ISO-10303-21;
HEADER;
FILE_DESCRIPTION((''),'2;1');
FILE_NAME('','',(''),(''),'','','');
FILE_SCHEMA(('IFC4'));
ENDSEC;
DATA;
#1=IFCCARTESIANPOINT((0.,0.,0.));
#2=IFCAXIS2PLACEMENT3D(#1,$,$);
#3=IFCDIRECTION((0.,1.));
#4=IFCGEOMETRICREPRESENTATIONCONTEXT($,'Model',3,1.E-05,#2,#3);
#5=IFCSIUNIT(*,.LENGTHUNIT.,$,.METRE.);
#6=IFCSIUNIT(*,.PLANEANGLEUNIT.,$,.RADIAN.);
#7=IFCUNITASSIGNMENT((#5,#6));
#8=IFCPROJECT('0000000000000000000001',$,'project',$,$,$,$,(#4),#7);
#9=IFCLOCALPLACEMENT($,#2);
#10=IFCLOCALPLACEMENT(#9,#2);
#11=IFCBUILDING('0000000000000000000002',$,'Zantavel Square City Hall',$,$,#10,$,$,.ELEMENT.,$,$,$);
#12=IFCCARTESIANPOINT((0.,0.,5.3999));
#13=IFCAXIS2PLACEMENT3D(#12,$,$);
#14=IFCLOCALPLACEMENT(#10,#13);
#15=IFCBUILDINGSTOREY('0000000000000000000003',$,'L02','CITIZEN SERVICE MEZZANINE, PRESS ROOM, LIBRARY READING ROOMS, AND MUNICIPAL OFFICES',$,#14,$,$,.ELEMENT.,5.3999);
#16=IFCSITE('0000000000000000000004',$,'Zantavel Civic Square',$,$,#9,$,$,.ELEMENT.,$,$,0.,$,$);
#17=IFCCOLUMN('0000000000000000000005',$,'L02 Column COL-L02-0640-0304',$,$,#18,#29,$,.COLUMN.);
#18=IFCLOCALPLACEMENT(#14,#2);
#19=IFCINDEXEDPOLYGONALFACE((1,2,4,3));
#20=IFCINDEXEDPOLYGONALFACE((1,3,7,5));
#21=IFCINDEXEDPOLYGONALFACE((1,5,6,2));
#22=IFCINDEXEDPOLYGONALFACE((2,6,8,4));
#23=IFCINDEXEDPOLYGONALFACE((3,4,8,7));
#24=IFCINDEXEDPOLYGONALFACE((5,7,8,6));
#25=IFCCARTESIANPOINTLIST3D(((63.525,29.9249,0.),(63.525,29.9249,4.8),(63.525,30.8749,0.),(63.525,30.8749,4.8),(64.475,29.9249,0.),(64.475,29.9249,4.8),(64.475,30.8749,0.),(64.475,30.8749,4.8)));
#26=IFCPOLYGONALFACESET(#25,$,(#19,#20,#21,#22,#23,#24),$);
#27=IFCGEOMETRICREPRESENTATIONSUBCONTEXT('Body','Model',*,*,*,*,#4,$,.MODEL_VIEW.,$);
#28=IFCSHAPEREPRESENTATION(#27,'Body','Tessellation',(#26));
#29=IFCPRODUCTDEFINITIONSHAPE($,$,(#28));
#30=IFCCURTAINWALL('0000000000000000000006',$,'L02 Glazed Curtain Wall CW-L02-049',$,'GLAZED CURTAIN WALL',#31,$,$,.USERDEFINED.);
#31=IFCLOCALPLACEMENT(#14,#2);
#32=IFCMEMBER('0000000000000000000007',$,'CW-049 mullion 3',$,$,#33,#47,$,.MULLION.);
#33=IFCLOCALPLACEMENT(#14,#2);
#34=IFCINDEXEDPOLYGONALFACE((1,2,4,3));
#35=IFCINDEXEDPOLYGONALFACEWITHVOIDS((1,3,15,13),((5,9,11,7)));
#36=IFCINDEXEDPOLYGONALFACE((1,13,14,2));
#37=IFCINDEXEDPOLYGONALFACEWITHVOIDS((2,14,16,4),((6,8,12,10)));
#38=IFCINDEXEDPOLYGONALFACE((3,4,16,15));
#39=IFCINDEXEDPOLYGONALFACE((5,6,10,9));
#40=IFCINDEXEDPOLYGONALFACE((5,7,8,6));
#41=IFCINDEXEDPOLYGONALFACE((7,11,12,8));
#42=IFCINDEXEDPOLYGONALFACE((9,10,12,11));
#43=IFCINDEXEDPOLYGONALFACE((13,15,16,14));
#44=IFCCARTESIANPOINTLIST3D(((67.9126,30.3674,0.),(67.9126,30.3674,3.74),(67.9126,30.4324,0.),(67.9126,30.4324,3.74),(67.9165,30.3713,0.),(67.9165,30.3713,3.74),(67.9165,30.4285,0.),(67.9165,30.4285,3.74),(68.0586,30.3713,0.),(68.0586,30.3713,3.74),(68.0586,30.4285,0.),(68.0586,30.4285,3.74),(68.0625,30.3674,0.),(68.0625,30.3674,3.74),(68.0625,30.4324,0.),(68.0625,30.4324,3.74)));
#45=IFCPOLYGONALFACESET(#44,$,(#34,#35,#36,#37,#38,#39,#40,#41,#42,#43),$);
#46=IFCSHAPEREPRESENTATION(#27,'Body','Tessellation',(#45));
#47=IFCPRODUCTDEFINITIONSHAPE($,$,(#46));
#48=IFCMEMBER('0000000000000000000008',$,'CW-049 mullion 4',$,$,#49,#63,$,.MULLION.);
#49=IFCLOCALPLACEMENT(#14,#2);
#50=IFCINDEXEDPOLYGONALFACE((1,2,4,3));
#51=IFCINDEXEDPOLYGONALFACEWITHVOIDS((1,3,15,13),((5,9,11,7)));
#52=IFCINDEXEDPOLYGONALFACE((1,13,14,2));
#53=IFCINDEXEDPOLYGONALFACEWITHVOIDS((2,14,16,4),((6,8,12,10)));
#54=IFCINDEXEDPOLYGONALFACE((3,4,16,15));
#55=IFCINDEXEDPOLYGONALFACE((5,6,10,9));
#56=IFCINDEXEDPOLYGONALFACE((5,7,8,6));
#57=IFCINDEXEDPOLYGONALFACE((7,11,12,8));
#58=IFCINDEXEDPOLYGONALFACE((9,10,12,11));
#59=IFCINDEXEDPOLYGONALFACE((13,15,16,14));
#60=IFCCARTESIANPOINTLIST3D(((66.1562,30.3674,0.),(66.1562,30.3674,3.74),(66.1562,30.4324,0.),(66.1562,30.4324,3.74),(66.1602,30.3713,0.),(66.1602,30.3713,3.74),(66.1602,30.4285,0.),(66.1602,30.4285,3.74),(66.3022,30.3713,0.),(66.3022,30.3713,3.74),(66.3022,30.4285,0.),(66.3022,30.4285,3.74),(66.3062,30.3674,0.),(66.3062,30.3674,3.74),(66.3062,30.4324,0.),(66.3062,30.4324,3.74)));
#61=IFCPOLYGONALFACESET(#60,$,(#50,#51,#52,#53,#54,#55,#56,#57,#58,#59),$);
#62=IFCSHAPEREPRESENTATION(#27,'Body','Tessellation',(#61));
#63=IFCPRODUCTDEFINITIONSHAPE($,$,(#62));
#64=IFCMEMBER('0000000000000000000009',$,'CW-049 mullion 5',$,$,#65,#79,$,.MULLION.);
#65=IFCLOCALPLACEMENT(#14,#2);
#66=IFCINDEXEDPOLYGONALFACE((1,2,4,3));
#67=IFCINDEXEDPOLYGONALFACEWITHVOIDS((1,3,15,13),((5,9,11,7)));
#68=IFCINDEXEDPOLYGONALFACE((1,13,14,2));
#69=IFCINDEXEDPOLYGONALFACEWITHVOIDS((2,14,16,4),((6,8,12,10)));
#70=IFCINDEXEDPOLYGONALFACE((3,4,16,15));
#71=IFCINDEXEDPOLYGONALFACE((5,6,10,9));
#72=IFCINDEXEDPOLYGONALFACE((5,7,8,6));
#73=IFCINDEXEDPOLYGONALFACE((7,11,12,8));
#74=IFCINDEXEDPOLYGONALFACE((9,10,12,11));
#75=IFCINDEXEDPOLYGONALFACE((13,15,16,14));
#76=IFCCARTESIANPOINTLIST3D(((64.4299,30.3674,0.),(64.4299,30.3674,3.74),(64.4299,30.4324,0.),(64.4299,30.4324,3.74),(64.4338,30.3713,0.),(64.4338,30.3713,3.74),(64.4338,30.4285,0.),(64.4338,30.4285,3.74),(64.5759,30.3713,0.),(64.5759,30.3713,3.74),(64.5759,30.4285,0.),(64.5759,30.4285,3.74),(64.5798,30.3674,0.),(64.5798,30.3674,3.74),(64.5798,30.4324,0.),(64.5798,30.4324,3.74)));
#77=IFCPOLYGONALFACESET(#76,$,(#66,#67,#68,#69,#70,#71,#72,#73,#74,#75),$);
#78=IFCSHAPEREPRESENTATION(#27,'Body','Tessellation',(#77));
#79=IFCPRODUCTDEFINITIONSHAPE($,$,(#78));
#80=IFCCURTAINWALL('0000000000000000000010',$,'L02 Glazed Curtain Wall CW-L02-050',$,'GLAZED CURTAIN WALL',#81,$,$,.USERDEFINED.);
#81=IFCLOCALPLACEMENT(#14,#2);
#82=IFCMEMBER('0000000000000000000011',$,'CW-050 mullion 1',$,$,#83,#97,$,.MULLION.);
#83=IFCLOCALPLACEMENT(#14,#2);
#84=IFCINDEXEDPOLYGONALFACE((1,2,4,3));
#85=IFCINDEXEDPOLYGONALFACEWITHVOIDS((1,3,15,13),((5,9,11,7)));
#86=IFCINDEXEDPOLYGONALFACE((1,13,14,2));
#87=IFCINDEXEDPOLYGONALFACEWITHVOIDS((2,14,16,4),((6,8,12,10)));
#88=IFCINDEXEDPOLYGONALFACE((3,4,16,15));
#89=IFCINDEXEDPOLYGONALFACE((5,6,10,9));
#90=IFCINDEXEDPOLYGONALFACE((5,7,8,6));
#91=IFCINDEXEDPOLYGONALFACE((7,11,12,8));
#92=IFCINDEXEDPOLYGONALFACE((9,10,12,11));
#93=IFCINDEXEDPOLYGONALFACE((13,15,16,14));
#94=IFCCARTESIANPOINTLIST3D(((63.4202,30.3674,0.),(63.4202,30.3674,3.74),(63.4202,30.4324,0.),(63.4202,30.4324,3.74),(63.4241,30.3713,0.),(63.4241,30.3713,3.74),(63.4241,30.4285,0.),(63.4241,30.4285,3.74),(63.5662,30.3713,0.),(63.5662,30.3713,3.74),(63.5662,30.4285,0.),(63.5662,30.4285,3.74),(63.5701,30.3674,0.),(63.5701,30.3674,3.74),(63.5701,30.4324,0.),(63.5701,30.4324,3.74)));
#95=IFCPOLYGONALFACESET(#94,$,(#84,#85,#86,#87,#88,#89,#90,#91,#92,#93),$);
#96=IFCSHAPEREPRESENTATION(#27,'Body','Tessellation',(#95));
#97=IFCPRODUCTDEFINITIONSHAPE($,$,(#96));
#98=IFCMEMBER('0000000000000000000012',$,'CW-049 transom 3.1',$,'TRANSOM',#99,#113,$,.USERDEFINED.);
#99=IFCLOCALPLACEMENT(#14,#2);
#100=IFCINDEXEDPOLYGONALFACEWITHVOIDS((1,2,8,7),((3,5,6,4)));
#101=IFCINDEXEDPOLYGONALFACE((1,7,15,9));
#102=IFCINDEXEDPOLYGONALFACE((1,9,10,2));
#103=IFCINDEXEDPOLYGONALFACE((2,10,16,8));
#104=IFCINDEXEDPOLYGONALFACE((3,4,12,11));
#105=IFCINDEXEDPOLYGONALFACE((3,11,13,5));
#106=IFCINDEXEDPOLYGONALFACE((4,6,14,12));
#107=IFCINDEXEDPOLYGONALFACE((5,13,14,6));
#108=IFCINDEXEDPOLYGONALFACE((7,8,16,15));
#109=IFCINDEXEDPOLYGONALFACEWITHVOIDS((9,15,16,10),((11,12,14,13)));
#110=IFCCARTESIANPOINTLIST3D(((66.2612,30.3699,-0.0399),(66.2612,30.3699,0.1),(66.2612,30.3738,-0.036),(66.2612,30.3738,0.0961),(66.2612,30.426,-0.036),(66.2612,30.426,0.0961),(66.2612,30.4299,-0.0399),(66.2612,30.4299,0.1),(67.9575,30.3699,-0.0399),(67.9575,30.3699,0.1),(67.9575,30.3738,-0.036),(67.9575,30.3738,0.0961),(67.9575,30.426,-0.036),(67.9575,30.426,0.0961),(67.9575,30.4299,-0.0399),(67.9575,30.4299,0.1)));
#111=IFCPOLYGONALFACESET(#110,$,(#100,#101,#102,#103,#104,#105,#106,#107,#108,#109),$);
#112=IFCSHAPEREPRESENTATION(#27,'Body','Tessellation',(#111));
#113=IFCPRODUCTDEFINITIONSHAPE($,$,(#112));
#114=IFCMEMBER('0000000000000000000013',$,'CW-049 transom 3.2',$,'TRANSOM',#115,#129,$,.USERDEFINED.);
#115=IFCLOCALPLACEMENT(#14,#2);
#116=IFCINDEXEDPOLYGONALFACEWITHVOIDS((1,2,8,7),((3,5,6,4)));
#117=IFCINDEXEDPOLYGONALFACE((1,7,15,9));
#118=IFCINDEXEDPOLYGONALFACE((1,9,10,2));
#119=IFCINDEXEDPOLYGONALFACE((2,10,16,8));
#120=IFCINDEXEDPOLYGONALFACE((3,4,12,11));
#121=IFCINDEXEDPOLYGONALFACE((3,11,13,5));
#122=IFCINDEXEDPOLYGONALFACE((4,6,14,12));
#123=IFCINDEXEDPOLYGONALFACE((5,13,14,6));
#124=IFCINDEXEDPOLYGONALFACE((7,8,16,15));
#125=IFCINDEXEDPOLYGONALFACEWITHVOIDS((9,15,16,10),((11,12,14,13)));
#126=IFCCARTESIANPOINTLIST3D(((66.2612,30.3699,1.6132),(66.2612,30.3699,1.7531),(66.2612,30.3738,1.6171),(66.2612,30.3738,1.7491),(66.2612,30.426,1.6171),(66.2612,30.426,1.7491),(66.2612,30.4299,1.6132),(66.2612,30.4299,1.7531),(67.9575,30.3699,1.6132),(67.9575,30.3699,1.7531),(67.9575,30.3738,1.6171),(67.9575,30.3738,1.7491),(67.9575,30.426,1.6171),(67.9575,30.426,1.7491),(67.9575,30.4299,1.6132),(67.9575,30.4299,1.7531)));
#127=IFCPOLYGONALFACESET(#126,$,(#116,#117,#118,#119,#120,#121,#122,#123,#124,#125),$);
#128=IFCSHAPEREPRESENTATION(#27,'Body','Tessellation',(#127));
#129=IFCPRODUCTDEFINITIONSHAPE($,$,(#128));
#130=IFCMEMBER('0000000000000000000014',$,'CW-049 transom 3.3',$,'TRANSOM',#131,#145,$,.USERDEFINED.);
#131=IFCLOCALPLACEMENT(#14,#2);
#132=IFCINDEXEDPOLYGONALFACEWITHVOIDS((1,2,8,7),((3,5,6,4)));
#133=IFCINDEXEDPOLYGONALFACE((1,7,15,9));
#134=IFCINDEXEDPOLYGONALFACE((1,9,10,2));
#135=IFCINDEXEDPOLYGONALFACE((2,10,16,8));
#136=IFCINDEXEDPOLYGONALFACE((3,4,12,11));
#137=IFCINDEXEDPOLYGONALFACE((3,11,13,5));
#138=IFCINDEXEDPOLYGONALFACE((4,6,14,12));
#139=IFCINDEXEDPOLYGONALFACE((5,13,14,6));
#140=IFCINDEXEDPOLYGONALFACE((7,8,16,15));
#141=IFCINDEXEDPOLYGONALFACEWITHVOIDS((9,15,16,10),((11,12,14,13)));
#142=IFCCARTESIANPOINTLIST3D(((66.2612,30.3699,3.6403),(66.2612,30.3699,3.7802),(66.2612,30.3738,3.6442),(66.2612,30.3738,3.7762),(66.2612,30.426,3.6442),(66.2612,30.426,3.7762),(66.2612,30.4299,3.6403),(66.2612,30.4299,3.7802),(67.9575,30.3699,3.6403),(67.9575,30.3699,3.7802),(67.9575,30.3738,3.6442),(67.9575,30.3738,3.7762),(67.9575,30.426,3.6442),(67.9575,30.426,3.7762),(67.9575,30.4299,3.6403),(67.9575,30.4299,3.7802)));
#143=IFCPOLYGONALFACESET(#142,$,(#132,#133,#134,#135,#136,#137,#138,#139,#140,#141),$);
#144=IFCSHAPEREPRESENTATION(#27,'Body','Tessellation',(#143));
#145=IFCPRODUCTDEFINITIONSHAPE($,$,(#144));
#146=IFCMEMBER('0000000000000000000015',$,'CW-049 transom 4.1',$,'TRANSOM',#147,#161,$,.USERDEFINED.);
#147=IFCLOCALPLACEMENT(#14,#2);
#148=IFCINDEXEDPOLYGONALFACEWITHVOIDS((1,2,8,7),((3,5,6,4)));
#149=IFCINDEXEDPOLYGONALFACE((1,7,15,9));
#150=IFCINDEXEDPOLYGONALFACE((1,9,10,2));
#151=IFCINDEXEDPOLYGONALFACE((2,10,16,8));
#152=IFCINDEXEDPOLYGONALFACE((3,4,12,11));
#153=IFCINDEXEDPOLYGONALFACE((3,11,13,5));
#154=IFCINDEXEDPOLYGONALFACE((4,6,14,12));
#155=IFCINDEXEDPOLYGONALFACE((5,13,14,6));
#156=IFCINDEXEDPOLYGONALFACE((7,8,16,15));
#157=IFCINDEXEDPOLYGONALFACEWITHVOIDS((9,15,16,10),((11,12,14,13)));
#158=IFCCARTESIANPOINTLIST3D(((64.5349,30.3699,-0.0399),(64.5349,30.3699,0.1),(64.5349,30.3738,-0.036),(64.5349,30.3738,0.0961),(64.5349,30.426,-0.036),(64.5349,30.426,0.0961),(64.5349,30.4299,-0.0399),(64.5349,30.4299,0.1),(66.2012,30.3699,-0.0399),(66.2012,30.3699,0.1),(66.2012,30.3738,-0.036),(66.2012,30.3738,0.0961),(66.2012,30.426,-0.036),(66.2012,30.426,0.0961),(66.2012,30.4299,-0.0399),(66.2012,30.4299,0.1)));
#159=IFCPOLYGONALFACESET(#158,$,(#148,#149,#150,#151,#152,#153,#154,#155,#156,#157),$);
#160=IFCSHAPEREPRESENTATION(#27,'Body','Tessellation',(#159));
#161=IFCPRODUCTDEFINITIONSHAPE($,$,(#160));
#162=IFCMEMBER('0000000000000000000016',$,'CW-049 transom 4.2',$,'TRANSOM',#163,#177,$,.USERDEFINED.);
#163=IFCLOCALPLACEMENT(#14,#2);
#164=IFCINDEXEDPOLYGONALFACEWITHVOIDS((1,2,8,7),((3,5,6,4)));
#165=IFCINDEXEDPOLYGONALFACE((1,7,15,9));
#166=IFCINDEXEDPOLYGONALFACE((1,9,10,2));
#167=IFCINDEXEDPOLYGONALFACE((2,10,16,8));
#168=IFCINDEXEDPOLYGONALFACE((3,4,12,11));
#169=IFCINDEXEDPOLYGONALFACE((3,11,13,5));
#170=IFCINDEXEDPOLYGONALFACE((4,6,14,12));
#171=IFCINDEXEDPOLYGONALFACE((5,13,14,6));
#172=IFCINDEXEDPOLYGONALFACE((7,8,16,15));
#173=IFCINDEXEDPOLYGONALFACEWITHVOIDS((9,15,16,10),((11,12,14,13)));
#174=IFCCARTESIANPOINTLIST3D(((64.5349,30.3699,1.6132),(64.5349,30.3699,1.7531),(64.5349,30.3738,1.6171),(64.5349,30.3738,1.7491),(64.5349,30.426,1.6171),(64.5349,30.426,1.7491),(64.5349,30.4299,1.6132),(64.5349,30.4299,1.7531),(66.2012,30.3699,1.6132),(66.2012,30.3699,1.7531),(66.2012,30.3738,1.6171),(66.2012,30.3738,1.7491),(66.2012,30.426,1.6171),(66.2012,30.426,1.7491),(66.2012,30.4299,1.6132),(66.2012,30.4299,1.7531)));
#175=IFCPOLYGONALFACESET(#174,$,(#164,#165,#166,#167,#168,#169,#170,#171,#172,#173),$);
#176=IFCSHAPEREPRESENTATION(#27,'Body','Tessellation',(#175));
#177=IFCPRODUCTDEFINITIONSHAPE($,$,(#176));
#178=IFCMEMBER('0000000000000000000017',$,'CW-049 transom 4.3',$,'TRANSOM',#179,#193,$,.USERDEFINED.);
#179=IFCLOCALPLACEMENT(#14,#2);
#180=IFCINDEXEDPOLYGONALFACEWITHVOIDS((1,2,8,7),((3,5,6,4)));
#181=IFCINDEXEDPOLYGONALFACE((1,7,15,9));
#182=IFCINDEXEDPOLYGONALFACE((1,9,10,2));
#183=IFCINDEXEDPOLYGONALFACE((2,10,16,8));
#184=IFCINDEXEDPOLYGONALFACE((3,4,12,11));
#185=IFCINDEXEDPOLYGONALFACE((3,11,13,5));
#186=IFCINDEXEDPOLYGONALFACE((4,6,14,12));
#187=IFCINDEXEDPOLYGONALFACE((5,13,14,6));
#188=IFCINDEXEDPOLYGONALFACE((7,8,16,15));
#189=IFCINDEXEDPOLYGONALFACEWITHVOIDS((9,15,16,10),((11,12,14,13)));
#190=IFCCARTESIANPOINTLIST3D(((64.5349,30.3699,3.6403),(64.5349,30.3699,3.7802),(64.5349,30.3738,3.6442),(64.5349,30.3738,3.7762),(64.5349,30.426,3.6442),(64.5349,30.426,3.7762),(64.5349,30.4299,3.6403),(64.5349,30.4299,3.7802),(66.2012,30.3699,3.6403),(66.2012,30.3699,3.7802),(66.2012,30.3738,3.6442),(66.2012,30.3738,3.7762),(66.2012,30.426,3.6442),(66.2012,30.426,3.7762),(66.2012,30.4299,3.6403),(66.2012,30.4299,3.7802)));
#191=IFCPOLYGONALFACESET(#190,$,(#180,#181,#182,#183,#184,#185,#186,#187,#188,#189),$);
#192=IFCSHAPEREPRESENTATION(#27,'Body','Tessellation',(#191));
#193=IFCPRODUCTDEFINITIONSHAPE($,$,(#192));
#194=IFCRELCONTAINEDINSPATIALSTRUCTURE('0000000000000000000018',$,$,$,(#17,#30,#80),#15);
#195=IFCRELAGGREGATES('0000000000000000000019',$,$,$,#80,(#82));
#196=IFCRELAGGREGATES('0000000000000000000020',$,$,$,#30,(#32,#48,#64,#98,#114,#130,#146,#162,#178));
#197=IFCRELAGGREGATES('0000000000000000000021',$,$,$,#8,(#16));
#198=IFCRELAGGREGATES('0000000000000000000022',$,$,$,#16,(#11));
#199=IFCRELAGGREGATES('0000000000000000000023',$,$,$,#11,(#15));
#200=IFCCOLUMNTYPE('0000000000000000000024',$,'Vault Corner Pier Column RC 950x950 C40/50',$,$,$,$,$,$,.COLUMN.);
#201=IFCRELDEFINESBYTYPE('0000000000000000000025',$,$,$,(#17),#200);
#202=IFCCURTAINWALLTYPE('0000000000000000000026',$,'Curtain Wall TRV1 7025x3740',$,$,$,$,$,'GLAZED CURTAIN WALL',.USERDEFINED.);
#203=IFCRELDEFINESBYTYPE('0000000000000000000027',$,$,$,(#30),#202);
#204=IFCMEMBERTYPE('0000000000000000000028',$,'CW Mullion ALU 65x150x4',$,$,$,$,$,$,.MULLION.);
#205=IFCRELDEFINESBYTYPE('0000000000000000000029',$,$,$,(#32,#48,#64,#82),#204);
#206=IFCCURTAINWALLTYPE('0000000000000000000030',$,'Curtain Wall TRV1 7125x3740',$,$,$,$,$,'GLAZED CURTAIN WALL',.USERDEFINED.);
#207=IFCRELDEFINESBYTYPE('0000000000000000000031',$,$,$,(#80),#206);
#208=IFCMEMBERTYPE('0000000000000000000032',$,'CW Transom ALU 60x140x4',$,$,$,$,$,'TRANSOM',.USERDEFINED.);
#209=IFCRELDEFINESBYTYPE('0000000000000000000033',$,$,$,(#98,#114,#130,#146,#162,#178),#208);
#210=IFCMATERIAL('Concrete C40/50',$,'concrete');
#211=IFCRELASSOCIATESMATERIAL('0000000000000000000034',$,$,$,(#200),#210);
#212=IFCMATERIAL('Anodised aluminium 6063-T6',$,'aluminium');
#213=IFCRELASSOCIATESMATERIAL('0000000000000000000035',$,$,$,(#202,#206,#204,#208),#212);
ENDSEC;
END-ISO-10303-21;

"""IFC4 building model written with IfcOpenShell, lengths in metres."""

from ifc_helpers import new_model, si_unit, direction, frame, origin, origin_2d, place, context, subcontext, project, spatial, rectangle, hollow_rectangle, extrude, material, material_profile, profile_set, type_object, element, aggregate, save


model = new_model("IFC4")

# Units and contexts
model_context = context("Model", 3, precision=1e-05, world=origin(), true_north=direction((0.0, 1.0)))
body_context = subcontext(model_context, "Body", "Model", "MODEL_VIEW")
ifc_project = project(units=[si_unit("LENGTHUNIT", "METRE"), si_unit("PLANEANGLEUNIT", "RADIAN")], contexts=[model_context])

# Site, building, storey
site_placement = place(None, origin())
site = spatial("IfcSite", under=ifc_project, at=site_placement, Name="Zantavel Civic Square", CompositionType="ELEMENT", RefElevation=0.0)
building_placement = place(site_placement, origin())
building = spatial("IfcBuilding", under=site, at=building_placement, Name="Zantavel Square City Hall", CompositionType="ELEMENT")
storey_placement = place(building_placement, frame((0.0, 0.0, 5.3999)))
storey = spatial("IfcBuildingStorey", under=building, at=storey_placement, Name="L02", Description="CITIZEN SERVICE MEZZANINE, PRESS ROOM, LIBRARY READING ROOMS, AND MUNICIPAL OFFICES", CompositionType="ELEMENT", Elevation=5.3999)

# Column
ifc_material_1 = material(Name="Concrete C40/50", Category="concrete")
ifc_material_profile_1 = material_profile(ifc_material_1, rectangle(XDim=0.95, YDim=0.95, at=origin_2d()), Name="RC 950x950")
ifc_profile_set_1 = profile_set([ifc_material_profile_1], Name="Concrete C40/50")
column_type = type_object("IfcColumnType", Name="Vault Corner Pier Column RC 950x950 C40/50", PredefinedType="COLUMN", material=ifc_profile_set_1)
column_placement = place(storey_placement, frame((64.0, 30.3999, 0.0), z_axis=(0.0, 0.0, 1.0), x_axis=(1.0, 0.0, 0.0)))
element("IfcColumn", 1, at=column_placement, inside=storey, type_object=column_type, Name="L02 Column COL-L02-0640-0304", PredefinedType="COLUMN", context=body_context, shape_type="SweptSolid", body=[
    extrude(rectangle(XDim=0.95, YDim=0.95, at=origin_2d()), origin(), (0.0, 0.0, 1.0), 4.8),
])

# Curtain wall, members
ifc_material_2 = material(Name="Anodised aluminium 6063-T6", Category="aluminium")
curtain_wall_type_1 = type_object("IfcCurtainWallType", Name="Curtain Wall TRV1 7025x3740", ElementType="GLAZED CURTAIN WALL", PredefinedType="USERDEFINED", material=ifc_material_2)
curtain_wall_1_placement = place(storey_placement, origin())
curtain_wall_1 = element("IfcCurtainWall", 2, at=curtain_wall_1_placement, inside=storey, type_object=curtain_wall_type_1, Name="L02 Glazed Curtain Wall CW-L02-049", ObjectType="GLAZED CURTAIN WALL", PredefinedType="USERDEFINED")
ifc_material_profile_2 = material_profile(ifc_material_2, hollow_rectangle(XDim=0.0649, YDim=0.1499, WallThickness=0.0039, at=origin_2d()), Name="ALU 65x150x4")
ifc_profile_set_2 = profile_set([ifc_material_profile_2], Name="Anodised aluminium 6063-T6")
member_type_1 = type_object("IfcMemberType", Name="CW Mullion ALU 65x150x4", PredefinedType="MULLION", material=ifc_profile_set_2)
member_1_placement = place(storey_placement, frame((67.9875, 30.3999, 0.0), z_axis=(0.0, 0.0, 1.0), x_axis=(0.0, -1.0, 0.0)))
member_1 = element("IfcMember", 3, at=member_1_placement, type_object=member_type_1, Name="CW-049 mullion 3", PredefinedType="MULLION", context=body_context, shape_type="SweptSolid", body=[
    extrude(hollow_rectangle(XDim=0.0649, YDim=0.1499, WallThickness=0.0039, at=origin_2d()), origin(), (0.0, 0.0, 1.0), 3.74),
])
member_2_placement = place(storey_placement, frame((66.2312, 30.3999, 0.0), z_axis=(0.0, 0.0, 1.0), x_axis=(0.0, -1.0, 0.0)))
member_2 = element("IfcMember", 4, at=member_2_placement, type_object=member_type_1, Name="CW-049 mullion 4", PredefinedType="MULLION", context=body_context, shape_type="SweptSolid", body=[
    extrude(hollow_rectangle(XDim=0.0649, YDim=0.1499, WallThickness=0.0039, at=origin_2d()), origin(), (0.0, 0.0, 1.0), 3.74),
])
member_3_placement = place(storey_placement, frame((64.5049, 30.3999, 0.0), z_axis=(0.0, 0.0, 1.0), x_axis=(0.0, -1.0, 0.0)))
member_3 = element("IfcMember", 5, at=member_3_placement, type_object=member_type_1, Name="CW-049 mullion 5", PredefinedType="MULLION", context=body_context, shape_type="SweptSolid", body=[
    extrude(hollow_rectangle(XDim=0.0649, YDim=0.1499, WallThickness=0.0039, at=origin_2d()), origin(), (0.0, 0.0, 1.0), 3.74),
])

# Curtain wall, member
curtain_wall_type_2 = type_object("IfcCurtainWallType", Name="Curtain Wall TRV1 7125x3740", ElementType="GLAZED CURTAIN WALL", PredefinedType="USERDEFINED", material=ifc_material_2)
curtain_wall_2_placement = place(storey_placement, origin())
curtain_wall_2 = element("IfcCurtainWall", 6, at=curtain_wall_2_placement, inside=storey, type_object=curtain_wall_type_2, Name="L02 Glazed Curtain Wall CW-L02-050", ObjectType="GLAZED CURTAIN WALL", PredefinedType="USERDEFINED")
member_4_placement = place(storey_placement, frame((63.4951, 30.3999, 0.0), z_axis=(0.0, 0.0, 1.0), x_axis=(0.0, -1.0, 0.0)))
member_4 = element("IfcMember", 7, at=member_4_placement, type_object=member_type_1, Name="CW-050 mullion 1", PredefinedType="MULLION", context=body_context, shape_type="SweptSolid", body=[
    extrude(hollow_rectangle(XDim=0.0649, YDim=0.1499, WallThickness=0.0039, at=origin_2d()), origin(), (0.0, 0.0, 1.0), 3.74),
])

# Members
ifc_material_profile_3 = material_profile(ifc_material_2, hollow_rectangle(XDim=0.0601, YDim=0.1399, WallThickness=0.0039, at=origin_2d()), Name="ALU 60x140x4")
ifc_profile_set_3 = profile_set([ifc_material_profile_3], Name="Anodised aluminium 6063-T6")
member_type_2 = type_object("IfcMemberType", Name="CW Transom ALU 60x140x4", ElementType="TRANSOM", PredefinedType="USERDEFINED", material=ifc_profile_set_3)
member_5_placement = place(storey_placement, frame((67.9575, 30.3999, 0.03), z_axis=(-1.0, 0.0, 0.0), x_axis=(0.0, -1.0, 0.0)))
member_5 = element("IfcMember", 8, at=member_5_placement, type_object=member_type_2, Name="CW-049 transom 3.1", ObjectType="TRANSOM", PredefinedType="USERDEFINED", context=body_context, shape_type="SweptSolid", body=[
    extrude(hollow_rectangle(XDim=0.0601, YDim=0.1399, WallThickness=0.0039, at=origin_2d()), origin(), (0.0, 0.0, 1.0), 1.6963),
])
member_6_placement = place(storey_placement, frame((67.9575, 30.3999, 1.6831), z_axis=(-1.0, 0.0, 0.0), x_axis=(0.0, -1.0, 0.0)))
member_6 = element("IfcMember", 9, at=member_6_placement, type_object=member_type_2, Name="CW-049 transom 3.2", ObjectType="TRANSOM", PredefinedType="USERDEFINED", context=body_context, shape_type="SweptSolid", body=[
    extrude(hollow_rectangle(XDim=0.0601, YDim=0.1399, WallThickness=0.0039, at=origin_2d()), origin(), (0.0, 0.0, 1.0), 1.6963),
])
member_7_placement = place(storey_placement, frame((67.9575, 30.3999, 3.7102), z_axis=(-1.0, 0.0, 0.0), x_axis=(0.0, -1.0, 0.0)))
member_7 = element("IfcMember", 10, at=member_7_placement, type_object=member_type_2, Name="CW-049 transom 3.3", ObjectType="TRANSOM", PredefinedType="USERDEFINED", context=body_context, shape_type="SweptSolid", body=[
    extrude(hollow_rectangle(XDim=0.0601, YDim=0.1399, WallThickness=0.0039, at=origin_2d()), origin(), (0.0, 0.0, 1.0), 1.6963),
])
member_8_placement = place(storey_placement, frame((66.2012, 30.3999, 0.03), z_axis=(-1.0, 0.0, 0.0), x_axis=(0.0, -1.0, 0.0)))
member_8 = element("IfcMember", 11, at=member_8_placement, type_object=member_type_2, Name="CW-049 transom 4.1", ObjectType="TRANSOM", PredefinedType="USERDEFINED", context=body_context, shape_type="SweptSolid", body=[
    extrude(hollow_rectangle(XDim=0.0601, YDim=0.1399, WallThickness=0.0039, at=origin_2d()), origin(), (0.0, 0.0, 1.0), 1.6663),
])
member_9_placement = place(storey_placement, frame((66.2012, 30.3999, 1.6831), z_axis=(-1.0, 0.0, 0.0), x_axis=(0.0, -1.0, 0.0)))
member_9 = element("IfcMember", 12, at=member_9_placement, type_object=member_type_2, Name="CW-049 transom 4.2", ObjectType="TRANSOM", PredefinedType="USERDEFINED", context=body_context, shape_type="SweptSolid", body=[
    extrude(hollow_rectangle(XDim=0.0601, YDim=0.1399, WallThickness=0.0039, at=origin_2d()), origin(), (0.0, 0.0, 1.0), 1.6663),
])
member_10_placement = place(storey_placement, frame((66.2012, 30.3999, 3.7102), z_axis=(-1.0, 0.0, 0.0), x_axis=(0.0, -1.0, 0.0)))
member_10 = element("IfcMember", 13, at=member_10_placement, type_object=member_type_2, Name="CW-049 transom 4.3", ObjectType="TRANSOM", PredefinedType="USERDEFINED", context=body_context, shape_type="SweptSolid", body=[
    extrude(hollow_rectangle(XDim=0.0601, YDim=0.1399, WallThickness=0.0039, at=origin_2d()), origin(), (0.0, 0.0, 1.0), 1.6663),
])
aggregate(curtain_wall_2, [member_4])

aggregate(curtain_wall_1, [member_1, member_2, member_3, member_5, member_6, member_7, member_8, member_9, member_10])

save(model, "model.ifc")
